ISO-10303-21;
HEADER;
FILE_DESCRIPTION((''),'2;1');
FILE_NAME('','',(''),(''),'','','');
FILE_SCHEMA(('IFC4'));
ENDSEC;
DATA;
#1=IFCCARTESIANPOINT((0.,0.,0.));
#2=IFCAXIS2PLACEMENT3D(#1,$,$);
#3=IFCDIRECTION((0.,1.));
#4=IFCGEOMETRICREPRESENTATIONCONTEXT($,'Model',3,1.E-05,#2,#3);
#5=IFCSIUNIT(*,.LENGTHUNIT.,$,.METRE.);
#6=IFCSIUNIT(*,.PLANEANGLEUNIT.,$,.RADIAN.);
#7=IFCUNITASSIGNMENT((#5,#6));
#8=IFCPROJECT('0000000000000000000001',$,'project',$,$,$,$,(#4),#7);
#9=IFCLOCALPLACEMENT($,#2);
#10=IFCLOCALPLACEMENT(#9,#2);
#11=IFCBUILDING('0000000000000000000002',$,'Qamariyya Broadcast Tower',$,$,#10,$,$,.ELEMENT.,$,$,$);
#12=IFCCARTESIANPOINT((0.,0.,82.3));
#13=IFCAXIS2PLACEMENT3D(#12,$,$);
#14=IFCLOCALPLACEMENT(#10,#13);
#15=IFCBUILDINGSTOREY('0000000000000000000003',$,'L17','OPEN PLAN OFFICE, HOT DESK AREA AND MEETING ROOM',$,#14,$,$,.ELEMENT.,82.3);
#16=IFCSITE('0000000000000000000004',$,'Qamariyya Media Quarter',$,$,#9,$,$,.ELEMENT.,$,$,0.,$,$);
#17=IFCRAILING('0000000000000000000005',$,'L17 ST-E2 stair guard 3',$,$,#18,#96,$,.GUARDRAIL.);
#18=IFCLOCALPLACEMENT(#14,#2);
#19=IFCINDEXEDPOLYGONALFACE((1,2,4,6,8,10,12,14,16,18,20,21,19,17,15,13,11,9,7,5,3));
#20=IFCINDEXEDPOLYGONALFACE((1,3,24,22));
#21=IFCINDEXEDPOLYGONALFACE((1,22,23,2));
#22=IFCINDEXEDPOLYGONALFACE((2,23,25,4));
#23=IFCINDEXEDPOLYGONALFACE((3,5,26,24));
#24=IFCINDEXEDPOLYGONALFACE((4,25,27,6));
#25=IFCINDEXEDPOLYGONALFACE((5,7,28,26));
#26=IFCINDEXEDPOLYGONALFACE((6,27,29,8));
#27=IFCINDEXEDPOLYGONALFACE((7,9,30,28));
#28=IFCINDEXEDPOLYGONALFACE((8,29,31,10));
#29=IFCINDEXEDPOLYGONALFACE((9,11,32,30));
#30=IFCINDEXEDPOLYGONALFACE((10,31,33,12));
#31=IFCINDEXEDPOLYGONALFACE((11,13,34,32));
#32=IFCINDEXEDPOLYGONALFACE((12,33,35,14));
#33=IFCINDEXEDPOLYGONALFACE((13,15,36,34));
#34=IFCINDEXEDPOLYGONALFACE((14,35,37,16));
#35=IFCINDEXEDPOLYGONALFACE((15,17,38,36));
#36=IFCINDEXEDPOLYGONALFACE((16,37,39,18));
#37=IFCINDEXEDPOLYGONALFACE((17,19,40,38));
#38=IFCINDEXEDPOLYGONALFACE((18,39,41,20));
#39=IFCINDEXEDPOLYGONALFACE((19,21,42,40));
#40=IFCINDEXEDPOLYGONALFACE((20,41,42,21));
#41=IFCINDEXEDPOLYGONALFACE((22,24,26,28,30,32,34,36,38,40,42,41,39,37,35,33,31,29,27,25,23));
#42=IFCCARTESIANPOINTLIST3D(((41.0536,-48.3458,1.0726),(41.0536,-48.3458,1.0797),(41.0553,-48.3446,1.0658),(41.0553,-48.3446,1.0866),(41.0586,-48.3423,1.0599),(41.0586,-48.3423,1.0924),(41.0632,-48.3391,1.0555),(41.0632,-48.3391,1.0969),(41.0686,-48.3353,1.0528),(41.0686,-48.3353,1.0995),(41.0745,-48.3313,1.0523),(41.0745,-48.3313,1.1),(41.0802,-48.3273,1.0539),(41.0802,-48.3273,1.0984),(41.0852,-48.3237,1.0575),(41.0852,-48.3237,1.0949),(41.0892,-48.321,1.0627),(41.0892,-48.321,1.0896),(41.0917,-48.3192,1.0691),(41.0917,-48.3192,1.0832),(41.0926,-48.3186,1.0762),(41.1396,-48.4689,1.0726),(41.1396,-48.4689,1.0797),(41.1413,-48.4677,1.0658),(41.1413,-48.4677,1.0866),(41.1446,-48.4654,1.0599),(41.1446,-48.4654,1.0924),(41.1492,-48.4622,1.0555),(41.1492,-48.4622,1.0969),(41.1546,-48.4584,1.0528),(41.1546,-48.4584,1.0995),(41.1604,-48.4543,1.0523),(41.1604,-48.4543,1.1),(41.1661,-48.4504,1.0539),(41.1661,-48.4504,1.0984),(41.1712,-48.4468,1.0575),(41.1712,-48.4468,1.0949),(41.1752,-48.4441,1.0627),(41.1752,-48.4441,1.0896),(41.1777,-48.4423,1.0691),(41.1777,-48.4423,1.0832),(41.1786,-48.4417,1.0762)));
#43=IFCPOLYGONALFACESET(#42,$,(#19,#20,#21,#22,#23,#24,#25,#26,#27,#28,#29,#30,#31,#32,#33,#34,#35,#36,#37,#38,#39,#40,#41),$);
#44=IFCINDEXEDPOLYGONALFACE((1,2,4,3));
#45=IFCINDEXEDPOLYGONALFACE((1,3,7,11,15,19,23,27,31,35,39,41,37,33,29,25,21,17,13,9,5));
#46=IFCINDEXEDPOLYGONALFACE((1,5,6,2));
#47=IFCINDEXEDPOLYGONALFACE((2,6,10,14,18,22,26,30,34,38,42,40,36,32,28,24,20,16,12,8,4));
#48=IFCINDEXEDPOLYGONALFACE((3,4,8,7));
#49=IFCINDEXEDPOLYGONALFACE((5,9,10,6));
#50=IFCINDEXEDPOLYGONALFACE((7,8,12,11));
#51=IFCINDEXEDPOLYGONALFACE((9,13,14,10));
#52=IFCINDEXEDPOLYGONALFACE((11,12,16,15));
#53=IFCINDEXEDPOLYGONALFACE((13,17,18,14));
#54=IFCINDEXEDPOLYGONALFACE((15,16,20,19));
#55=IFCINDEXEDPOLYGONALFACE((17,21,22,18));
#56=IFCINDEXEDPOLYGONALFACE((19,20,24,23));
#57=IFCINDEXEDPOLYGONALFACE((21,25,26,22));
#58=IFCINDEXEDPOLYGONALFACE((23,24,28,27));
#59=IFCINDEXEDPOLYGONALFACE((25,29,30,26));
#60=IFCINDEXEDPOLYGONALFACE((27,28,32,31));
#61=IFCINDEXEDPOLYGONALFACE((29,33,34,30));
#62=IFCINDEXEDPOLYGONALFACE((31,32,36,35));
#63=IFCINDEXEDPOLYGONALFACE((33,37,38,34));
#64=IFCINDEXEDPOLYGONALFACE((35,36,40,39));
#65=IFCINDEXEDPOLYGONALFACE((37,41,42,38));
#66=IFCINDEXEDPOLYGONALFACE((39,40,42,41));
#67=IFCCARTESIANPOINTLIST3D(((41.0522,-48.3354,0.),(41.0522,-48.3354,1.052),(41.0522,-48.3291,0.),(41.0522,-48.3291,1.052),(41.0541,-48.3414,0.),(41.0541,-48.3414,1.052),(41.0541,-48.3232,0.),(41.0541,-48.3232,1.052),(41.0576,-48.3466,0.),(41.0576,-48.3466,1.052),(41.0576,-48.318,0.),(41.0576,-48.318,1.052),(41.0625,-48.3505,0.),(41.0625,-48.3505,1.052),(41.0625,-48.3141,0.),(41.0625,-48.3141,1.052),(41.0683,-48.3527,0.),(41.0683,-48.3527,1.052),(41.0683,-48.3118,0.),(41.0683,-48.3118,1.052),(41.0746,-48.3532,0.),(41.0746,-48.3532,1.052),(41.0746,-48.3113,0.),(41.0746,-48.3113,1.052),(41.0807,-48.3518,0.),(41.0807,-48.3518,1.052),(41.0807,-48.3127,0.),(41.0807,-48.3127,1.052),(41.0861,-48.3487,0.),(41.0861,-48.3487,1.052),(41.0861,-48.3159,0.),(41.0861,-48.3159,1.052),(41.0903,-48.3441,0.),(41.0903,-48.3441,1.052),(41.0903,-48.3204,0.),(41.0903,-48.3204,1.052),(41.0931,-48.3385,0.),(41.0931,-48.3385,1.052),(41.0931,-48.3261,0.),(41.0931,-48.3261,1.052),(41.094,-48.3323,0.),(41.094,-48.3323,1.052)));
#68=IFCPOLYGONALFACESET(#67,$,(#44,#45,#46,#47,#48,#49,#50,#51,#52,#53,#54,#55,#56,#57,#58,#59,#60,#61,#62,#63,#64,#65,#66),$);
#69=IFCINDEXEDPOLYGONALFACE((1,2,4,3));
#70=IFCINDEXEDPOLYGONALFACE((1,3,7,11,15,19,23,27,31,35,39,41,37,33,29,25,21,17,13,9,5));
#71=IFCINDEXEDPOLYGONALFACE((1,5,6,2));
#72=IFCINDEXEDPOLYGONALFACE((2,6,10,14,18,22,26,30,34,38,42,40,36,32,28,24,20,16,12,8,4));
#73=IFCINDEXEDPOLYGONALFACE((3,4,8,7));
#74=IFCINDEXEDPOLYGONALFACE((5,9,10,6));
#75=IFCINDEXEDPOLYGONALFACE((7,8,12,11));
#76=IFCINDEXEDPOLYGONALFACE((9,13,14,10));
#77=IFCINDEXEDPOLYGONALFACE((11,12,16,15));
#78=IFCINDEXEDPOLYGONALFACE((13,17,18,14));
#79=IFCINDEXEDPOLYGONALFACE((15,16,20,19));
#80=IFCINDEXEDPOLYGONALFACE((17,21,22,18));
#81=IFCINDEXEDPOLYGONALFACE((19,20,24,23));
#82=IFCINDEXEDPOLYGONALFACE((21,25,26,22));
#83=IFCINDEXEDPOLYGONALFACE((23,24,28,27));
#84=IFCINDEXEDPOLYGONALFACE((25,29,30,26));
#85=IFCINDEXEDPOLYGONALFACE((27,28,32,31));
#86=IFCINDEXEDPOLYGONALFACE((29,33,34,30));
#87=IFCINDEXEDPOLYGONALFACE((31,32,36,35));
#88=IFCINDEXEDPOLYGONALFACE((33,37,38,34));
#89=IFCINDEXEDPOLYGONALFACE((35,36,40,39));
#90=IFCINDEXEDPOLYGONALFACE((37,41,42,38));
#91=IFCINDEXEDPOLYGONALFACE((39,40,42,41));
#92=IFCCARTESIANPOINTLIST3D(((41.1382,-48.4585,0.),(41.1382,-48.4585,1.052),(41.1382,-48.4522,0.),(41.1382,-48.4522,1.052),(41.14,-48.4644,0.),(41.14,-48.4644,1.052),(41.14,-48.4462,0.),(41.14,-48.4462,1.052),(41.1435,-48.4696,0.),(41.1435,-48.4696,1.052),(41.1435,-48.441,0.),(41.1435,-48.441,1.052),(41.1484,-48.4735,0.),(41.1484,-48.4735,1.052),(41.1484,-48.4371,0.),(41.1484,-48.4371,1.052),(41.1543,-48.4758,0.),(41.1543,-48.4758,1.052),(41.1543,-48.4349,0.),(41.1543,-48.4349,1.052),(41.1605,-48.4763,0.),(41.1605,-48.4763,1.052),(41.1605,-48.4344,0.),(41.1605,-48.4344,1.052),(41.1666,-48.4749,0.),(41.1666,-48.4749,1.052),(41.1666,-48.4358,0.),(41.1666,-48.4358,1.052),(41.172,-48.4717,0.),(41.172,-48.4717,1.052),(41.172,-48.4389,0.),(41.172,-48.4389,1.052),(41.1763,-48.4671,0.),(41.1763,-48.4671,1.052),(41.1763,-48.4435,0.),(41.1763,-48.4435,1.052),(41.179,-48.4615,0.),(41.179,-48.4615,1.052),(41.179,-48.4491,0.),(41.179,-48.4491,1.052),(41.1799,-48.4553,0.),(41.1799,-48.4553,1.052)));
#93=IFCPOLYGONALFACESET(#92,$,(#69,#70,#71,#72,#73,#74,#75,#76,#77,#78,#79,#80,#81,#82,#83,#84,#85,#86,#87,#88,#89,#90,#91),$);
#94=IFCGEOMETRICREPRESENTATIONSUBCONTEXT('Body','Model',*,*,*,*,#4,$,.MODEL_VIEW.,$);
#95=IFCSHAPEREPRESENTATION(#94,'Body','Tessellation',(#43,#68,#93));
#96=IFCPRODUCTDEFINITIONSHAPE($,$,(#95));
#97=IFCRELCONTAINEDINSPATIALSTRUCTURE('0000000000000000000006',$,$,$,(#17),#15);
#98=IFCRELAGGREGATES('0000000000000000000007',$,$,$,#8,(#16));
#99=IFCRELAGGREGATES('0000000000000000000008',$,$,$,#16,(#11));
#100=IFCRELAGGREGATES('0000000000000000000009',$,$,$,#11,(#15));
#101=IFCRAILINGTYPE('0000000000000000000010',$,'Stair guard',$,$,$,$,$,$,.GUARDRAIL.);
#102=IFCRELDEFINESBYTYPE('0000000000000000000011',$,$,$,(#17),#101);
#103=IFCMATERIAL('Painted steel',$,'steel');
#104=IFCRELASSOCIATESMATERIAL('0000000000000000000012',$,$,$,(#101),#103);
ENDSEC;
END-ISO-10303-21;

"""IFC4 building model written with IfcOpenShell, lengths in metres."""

from ifc_helpers import new_model, si_unit, direction, frame, origin, origin_2d, place, context, subcontext, project, spatial, circle, extrude, material, type_object, element, save


model = new_model("IFC4")

# Units and contexts
model_context = context("Model", 3, precision=1e-05, world=origin(), true_north=direction((0.0, 1.0)))
body_context = subcontext(model_context, "Body", "Model", "MODEL_VIEW")
ifc_project = project(units=[si_unit("LENGTHUNIT", "METRE"), si_unit("PLANEANGLEUNIT", "RADIAN")], contexts=[model_context])

# Site, building, storey
site_placement = place(None, origin())
site = spatial("IfcSite", under=ifc_project, at=site_placement, Name="Qamariyya Media Quarter", CompositionType="ELEMENT", RefElevation=0.0)
building_placement = place(site_placement, origin())
building = spatial("IfcBuilding", under=site, at=building_placement, Name="Qamariyya Broadcast Tower", CompositionType="ELEMENT")
storey_placement = place(building_placement, frame((0.0, 0.0, 82.3)))
storey = spatial("IfcBuildingStorey", under=building, at=storey_placement, Name="L17", Description="OPEN PLAN OFFICE, HOT DESK AREA AND MEETING ROOM", CompositionType="ELEMENT", Elevation=82.3)

# Railing
ifc_material_1 = material(Name="Painted steel", Category="steel")
railing_type_1 = type_object("IfcRailingType", Name="Stair guard", PredefinedType="GUARDRAIL", material=ifc_material_1)
railing_1_placement = place(storey_placement, frame((41.073, -48.3323, 0.0)))
element("IfcRailing", 1, at=railing_1_placement, inside=storey, type_object=railing_type_1, Name="L17 ST-E2 stair guard 3", PredefinedType="GUARDRAIL", context=body_context, shape_type="SweptSolid", body=[
    extrude(circle(Radius=0.0239, at=origin_2d()), frame((0.0, 0.0, 1.0762), z_axis=(0.572589, -0.819843, 0.0), x_axis=(0.819843, 0.572589, 0.0)), (0.0, 0.0, 1.0), 0.1501),
    extrude(circle(Radius=0.021, at=origin_2d()), origin(), (0.0, 0.0, 1.0), 1.052),
    extrude(circle(Radius=0.021, at=origin_2d()), frame((0.0859, -0.123, 0.0)), (0.0, 0.0, 1.0), 1.052),
])

save(model, "model.ifc")
